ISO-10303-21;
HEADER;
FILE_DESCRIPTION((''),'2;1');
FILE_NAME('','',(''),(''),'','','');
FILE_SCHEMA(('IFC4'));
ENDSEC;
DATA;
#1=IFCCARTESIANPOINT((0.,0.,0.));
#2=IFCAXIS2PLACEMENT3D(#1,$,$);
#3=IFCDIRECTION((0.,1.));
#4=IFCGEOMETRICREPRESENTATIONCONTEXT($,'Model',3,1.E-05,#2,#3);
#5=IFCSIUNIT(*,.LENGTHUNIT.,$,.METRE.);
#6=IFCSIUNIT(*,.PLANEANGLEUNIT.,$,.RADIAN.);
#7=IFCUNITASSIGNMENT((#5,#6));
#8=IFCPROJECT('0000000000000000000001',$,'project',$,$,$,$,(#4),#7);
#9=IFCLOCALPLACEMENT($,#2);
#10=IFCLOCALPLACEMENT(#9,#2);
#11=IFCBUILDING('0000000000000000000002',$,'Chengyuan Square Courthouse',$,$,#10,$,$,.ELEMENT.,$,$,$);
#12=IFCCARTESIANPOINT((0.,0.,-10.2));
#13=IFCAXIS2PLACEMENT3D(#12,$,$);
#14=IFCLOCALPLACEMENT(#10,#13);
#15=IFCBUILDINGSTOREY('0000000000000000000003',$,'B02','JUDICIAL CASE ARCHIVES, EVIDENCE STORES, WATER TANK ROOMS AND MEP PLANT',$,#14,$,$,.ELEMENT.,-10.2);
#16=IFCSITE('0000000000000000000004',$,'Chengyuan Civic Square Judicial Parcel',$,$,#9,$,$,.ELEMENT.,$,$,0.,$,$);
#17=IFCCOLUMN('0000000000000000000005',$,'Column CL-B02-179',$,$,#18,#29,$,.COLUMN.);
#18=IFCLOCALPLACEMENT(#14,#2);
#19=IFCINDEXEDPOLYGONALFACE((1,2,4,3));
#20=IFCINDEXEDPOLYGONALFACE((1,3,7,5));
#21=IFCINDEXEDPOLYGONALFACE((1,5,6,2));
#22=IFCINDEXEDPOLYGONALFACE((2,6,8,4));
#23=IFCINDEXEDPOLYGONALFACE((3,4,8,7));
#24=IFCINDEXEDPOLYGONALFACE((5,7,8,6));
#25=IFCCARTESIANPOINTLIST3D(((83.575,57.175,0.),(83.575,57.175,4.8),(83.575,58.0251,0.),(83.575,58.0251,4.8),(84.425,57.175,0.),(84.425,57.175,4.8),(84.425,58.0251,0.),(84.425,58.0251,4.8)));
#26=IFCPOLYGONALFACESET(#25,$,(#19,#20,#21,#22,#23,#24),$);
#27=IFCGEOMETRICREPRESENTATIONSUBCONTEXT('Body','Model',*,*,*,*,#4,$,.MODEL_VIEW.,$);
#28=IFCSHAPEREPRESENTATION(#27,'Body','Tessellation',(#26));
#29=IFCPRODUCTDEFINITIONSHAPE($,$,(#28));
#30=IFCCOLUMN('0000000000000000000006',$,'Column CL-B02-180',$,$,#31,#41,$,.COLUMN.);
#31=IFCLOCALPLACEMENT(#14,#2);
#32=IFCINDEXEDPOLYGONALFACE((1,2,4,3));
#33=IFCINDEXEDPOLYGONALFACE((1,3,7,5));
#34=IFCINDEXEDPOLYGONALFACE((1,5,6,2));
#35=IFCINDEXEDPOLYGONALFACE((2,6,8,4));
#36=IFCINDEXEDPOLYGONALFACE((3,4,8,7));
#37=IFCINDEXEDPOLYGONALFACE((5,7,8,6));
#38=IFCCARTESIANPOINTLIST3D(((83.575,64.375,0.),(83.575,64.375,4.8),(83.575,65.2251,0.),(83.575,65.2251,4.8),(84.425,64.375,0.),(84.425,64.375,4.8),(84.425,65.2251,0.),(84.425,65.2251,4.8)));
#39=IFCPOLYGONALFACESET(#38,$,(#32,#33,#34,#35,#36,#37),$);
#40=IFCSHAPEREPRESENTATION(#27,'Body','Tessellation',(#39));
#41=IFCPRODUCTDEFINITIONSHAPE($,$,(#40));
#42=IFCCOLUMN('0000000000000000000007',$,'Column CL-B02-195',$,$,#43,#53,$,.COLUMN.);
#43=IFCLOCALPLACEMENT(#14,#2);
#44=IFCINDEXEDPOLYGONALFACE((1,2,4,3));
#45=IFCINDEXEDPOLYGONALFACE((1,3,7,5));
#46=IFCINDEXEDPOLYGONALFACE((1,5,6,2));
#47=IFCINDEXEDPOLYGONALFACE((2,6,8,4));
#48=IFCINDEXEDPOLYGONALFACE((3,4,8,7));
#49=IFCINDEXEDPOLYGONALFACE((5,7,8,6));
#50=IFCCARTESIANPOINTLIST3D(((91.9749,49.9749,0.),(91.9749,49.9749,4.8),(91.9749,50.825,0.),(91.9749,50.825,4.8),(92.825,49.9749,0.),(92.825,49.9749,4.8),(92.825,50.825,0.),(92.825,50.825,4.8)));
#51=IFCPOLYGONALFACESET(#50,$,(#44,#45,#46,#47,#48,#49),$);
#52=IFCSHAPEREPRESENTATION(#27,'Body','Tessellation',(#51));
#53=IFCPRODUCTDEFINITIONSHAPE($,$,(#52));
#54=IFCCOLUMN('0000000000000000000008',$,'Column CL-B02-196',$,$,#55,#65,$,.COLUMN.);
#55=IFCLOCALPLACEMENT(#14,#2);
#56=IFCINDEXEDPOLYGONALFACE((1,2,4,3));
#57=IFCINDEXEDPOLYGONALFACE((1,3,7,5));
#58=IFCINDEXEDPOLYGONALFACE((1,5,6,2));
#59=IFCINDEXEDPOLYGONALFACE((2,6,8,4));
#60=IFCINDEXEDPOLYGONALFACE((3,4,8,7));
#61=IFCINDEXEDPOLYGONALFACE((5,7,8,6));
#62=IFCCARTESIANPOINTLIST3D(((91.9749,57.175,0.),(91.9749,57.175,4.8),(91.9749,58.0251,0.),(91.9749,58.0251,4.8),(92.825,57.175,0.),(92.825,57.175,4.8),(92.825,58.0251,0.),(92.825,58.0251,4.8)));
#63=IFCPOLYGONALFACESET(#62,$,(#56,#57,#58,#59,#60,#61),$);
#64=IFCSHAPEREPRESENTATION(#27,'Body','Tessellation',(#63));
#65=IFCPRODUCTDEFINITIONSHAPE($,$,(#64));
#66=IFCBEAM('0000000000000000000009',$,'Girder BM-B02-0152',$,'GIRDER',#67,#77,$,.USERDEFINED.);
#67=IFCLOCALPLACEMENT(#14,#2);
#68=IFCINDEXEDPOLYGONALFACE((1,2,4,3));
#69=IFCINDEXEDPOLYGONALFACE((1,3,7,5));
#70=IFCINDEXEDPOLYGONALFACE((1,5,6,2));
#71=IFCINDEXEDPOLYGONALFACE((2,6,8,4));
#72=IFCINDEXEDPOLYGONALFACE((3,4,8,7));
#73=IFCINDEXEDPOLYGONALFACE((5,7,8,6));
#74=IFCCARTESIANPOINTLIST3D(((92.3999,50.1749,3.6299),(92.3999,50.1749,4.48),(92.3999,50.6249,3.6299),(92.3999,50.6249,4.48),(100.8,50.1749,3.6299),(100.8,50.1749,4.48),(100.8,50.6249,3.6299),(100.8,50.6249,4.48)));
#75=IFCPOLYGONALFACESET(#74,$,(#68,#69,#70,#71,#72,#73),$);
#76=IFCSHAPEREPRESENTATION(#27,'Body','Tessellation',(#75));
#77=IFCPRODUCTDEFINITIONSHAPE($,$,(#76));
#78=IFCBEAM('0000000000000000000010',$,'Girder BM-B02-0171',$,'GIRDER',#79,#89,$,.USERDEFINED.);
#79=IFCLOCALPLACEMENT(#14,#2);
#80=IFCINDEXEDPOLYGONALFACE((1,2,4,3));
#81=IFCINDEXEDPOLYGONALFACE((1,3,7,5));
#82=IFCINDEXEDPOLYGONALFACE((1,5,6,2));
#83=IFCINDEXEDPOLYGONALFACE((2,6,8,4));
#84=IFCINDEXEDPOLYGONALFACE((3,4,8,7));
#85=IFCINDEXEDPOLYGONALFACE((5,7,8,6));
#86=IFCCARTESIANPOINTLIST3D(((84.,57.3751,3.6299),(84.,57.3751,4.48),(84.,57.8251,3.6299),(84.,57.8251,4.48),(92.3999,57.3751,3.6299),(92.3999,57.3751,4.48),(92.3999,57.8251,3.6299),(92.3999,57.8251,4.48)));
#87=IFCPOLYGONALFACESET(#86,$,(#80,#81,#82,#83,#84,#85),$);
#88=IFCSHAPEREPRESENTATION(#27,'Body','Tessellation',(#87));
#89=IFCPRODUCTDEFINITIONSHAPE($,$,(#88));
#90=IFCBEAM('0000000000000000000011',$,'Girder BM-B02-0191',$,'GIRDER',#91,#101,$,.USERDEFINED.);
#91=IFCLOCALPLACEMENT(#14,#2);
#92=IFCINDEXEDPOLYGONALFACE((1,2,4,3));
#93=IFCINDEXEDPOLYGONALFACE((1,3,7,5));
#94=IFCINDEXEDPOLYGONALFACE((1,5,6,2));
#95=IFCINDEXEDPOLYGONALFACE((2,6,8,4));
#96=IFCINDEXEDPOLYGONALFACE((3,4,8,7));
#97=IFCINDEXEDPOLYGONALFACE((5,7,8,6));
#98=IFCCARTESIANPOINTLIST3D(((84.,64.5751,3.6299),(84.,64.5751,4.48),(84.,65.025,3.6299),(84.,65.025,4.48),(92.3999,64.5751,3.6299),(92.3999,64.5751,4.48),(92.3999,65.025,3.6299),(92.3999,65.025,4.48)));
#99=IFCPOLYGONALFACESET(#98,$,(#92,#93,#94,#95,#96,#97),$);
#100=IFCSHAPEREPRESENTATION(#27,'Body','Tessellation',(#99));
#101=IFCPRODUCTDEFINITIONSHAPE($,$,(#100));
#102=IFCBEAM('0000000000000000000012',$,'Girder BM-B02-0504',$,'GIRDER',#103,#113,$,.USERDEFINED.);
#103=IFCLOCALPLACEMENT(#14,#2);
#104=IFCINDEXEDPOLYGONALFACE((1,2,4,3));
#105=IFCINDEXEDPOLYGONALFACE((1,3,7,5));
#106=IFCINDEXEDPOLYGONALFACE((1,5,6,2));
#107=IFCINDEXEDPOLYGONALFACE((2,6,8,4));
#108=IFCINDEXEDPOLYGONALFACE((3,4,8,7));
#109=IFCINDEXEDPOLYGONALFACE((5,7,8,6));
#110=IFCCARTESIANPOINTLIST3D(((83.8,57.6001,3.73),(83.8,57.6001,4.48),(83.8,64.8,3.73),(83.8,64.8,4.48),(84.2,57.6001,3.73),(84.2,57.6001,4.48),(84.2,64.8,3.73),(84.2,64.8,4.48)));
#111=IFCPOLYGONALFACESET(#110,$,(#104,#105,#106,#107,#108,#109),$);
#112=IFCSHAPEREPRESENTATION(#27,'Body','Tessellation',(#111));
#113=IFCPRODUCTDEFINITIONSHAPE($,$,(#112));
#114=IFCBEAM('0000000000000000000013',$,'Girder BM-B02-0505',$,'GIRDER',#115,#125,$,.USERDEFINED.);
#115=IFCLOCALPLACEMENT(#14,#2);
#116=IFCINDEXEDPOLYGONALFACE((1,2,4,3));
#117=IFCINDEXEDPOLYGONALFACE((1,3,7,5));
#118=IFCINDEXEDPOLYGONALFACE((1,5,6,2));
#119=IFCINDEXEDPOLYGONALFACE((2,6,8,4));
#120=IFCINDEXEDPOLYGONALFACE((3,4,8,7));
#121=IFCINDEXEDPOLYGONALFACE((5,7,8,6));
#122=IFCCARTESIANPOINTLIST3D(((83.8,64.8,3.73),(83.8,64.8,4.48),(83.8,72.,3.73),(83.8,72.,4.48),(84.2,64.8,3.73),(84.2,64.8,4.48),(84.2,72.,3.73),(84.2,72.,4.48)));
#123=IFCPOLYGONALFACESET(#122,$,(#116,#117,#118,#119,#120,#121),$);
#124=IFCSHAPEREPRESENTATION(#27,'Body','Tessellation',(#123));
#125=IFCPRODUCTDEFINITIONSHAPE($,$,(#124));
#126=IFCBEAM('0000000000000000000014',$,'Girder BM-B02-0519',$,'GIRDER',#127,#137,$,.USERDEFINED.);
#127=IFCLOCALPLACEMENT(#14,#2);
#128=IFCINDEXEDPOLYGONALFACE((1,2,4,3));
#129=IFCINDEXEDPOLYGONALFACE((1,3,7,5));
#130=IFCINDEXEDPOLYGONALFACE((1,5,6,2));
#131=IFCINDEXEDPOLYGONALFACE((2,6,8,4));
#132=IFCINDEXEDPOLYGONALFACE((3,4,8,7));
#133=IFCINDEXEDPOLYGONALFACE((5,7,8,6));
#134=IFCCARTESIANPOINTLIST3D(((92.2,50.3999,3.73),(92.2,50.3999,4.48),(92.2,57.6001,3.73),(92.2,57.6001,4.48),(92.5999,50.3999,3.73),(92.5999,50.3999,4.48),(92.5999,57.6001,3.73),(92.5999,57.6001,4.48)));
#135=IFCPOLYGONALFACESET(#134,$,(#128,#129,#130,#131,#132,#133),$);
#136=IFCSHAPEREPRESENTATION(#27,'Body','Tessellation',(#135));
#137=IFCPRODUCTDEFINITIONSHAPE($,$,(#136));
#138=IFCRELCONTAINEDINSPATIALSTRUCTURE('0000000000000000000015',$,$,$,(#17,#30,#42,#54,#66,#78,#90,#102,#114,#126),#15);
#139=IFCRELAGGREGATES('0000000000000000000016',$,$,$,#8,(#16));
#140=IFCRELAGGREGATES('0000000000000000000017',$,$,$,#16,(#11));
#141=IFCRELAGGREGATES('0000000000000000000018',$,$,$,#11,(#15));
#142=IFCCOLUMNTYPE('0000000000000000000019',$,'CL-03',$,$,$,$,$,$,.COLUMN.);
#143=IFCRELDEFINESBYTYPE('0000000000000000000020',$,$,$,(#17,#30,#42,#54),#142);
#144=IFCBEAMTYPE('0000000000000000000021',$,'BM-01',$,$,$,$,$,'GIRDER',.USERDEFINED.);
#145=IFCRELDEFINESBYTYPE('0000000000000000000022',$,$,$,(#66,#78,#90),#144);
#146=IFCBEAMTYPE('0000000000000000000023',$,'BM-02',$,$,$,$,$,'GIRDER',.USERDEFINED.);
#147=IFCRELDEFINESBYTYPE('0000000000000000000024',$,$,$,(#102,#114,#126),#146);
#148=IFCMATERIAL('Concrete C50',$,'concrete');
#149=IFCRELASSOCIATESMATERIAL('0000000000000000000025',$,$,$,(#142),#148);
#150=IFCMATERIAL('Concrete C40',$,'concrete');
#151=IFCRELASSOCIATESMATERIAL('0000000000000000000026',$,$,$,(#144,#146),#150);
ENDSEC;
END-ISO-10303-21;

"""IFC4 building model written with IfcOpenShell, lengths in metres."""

from ifc_helpers import new_model, si_unit, direction, frame, origin, origin_2d, place, context, subcontext, project, spatial, rectangle, extrude, material, material_profile, profile_set, type_object, element, save


model = new_model("IFC4")

# Units and contexts
model_context = context("Model", 3, precision=1e-05, world=origin(), true_north=direction((0.0, 1.0)))
body_context = subcontext(model_context, "Body", "Model", "MODEL_VIEW")
ifc_project = project(units=[si_unit("LENGTHUNIT", "METRE"), si_unit("PLANEANGLEUNIT", "RADIAN")], contexts=[model_context])

# Site, building, storey
site_placement = place(None, origin())
site = spatial("IfcSite", under=ifc_project, at=site_placement, Name="Chengyuan Civic Square Judicial Parcel", CompositionType="ELEMENT", RefElevation=0.0)
building_placement = place(site_placement, origin())
building = spatial("IfcBuilding", under=site, at=building_placement, Name="Chengyuan Square Courthouse", CompositionType="ELEMENT")
storey_placement = place(building_placement, frame((0.0, 0.0, -10.2)))
storey = spatial("IfcBuildingStorey", under=building, at=storey_placement, Name="B02", Description="JUDICIAL CASE ARCHIVES, EVIDENCE STORES, WATER TANK ROOMS AND MEP PLANT", CompositionType="ELEMENT", Elevation=-10.2)

# Shared definitions
ifc_material_1 = material(Name="Concrete C40", Category="concrete")

# Columns
ifc_material_2 = material(Name="Concrete C50", Category="concrete")
ifc_material_profile_1 = material_profile(ifc_material_2, rectangle(XDim=0.8501, YDim=0.8501, at=origin_2d()), Name="RC-COL-850x850")
ifc_profile_set_1 = profile_set([ifc_material_profile_1], Name="Concrete C50")
column_type = type_object("IfcColumnType", Name="CL-03", PredefinedType="COLUMN", material=ifc_profile_set_1)
for number, where, z_axis, x_axis, name in (
    (1, (84.0, 57.6001, 0.0), (0.0, 0.0, 1.0), (1.0, 0.0, 0.0), "Column CL-B02-179"),
    (2, (84.0, 64.8, 0.0), (0.0, 0.0, 1.0), (1.0, 0.0, 0.0), "Column CL-B02-180"),
    (3, (92.3999, 50.3999, 0.0), (0.0, 0.0, 1.0), (1.0, 0.0, 0.0), "Column CL-B02-195"),
    (4, (92.3999, 57.6001, 0.0), (0.0, 0.0, 1.0), (1.0, 0.0, 0.0), "Column CL-B02-196"),
):
    element("IfcColumn", number, at=place(storey_placement, frame(where, z_axis=z_axis, x_axis=x_axis)), inside=storey, type_object=column_type, Name=name, PredefinedType="COLUMN", context=body_context, shape_type="SweptSolid", body=[
        extrude(rectangle(XDim=0.8501, YDim=0.8501, at=origin_2d()), origin(), (0.0, 0.0, 1.0), 4.8),
    ])

# Beams
ifc_material_profile_2 = material_profile(ifc_material_1, rectangle(XDim=0.45, YDim=0.8501, at=origin_2d()), Name="RC-BM-450x850")
ifc_profile_set_2 = profile_set([ifc_material_profile_2], Name="Concrete C40")
beam_type_1 = type_object("IfcBeamType", Name="BM-01", ElementType="GIRDER", PredefinedType="USERDEFINED", material=ifc_profile_set_2)
beam_1_placement = place(storey_placement, frame((92.3999, 50.3999, 4.0549), z_axis=(1.0, 0.0, 0.0), x_axis=(0.0, 1.0, 0.0)))
element("IfcBeam", 5, at=beam_1_placement, inside=storey, type_object=beam_type_1, Name="Girder BM-B02-0152", ObjectType="GIRDER", PredefinedType="USERDEFINED", context=body_context, shape_type="SweptSolid", body=[
    extrude(rectangle(XDim=0.45, YDim=0.8501, at=origin_2d()), origin(), (0.0, 0.0, 1.0), 8.4001),
])
for number, where, z_axis, x_axis, name in (
    (6, (84.0, 57.6001, 4.0549), (1.0, 0.0, 0.0), (0.0, 1.0, 0.0), "Girder BM-B02-0171"),
    (7, (84.0, 64.8, 4.0549), (1.0, 0.0, 0.0), (0.0, 1.0, 0.0), "Girder BM-B02-0191"),
):
    element("IfcBeam", number, at=place(storey_placement, frame(where, z_axis=z_axis, x_axis=x_axis)), inside=storey, type_object=beam_type_1, Name=name, ObjectType="GIRDER", PredefinedType="USERDEFINED", context=body_context, shape_type="SweptSolid", body=[
        extrude(rectangle(XDim=0.45, YDim=0.8501, at=origin_2d()), origin(), (0.0, 0.0, 1.0), 8.3999),
    ])
ifc_material_profile_3 = material_profile(ifc_material_1, rectangle(XDim=0.3999, YDim=0.75, at=origin_2d()), Name="RC-BM-400x750")
ifc_profile_set_3 = profile_set([ifc_material_profile_3], Name="Concrete C40")
beam_type_2 = type_object("IfcBeamType", Name="BM-02", ElementType="GIRDER", PredefinedType="USERDEFINED", material=ifc_profile_set_3)
for number, where, z_axis, x_axis, name in (
    (8, (84.0, 57.6001, 4.105), (0.0, 1.0, 0.0), (-1.0, 0.0, 0.0), "Girder BM-B02-0504"),
    (9, (84.0, 64.8, 4.105), (0.0, 1.0, 0.0), (-1.0, 0.0, 0.0), "Girder BM-B02-0505"),
):
    element("IfcBeam", number, at=place(storey_placement, frame(where, z_axis=z_axis, x_axis=x_axis)), inside=storey, type_object=beam_type_2, Name=name, ObjectType="GIRDER", PredefinedType="USERDEFINED", context=body_context, shape_type="SweptSolid", body=[
        extrude(rectangle(XDim=0.3999, YDim=0.75, at=origin_2d()), origin(), (0.0, 0.0, 1.0), 7.2),
    ])
beam_2_placement = place(storey_placement, frame((92.3999, 50.3999, 4.105), z_axis=(0.0, 1.0, 0.0), x_axis=(-1.0, 0.0, 0.0)))
element("IfcBeam", 10, at=beam_2_placement, inside=storey, type_object=beam_type_2, Name="Girder BM-B02-0519", ObjectType="GIRDER", PredefinedType="USERDEFINED", context=body_context, shape_type="SweptSolid", body=[
    extrude(rectangle(XDim=0.3999, YDim=0.75, at=origin_2d()), origin(), (0.0, 0.0, 1.0), 7.2002),
])

save(model, "model.ifc")
